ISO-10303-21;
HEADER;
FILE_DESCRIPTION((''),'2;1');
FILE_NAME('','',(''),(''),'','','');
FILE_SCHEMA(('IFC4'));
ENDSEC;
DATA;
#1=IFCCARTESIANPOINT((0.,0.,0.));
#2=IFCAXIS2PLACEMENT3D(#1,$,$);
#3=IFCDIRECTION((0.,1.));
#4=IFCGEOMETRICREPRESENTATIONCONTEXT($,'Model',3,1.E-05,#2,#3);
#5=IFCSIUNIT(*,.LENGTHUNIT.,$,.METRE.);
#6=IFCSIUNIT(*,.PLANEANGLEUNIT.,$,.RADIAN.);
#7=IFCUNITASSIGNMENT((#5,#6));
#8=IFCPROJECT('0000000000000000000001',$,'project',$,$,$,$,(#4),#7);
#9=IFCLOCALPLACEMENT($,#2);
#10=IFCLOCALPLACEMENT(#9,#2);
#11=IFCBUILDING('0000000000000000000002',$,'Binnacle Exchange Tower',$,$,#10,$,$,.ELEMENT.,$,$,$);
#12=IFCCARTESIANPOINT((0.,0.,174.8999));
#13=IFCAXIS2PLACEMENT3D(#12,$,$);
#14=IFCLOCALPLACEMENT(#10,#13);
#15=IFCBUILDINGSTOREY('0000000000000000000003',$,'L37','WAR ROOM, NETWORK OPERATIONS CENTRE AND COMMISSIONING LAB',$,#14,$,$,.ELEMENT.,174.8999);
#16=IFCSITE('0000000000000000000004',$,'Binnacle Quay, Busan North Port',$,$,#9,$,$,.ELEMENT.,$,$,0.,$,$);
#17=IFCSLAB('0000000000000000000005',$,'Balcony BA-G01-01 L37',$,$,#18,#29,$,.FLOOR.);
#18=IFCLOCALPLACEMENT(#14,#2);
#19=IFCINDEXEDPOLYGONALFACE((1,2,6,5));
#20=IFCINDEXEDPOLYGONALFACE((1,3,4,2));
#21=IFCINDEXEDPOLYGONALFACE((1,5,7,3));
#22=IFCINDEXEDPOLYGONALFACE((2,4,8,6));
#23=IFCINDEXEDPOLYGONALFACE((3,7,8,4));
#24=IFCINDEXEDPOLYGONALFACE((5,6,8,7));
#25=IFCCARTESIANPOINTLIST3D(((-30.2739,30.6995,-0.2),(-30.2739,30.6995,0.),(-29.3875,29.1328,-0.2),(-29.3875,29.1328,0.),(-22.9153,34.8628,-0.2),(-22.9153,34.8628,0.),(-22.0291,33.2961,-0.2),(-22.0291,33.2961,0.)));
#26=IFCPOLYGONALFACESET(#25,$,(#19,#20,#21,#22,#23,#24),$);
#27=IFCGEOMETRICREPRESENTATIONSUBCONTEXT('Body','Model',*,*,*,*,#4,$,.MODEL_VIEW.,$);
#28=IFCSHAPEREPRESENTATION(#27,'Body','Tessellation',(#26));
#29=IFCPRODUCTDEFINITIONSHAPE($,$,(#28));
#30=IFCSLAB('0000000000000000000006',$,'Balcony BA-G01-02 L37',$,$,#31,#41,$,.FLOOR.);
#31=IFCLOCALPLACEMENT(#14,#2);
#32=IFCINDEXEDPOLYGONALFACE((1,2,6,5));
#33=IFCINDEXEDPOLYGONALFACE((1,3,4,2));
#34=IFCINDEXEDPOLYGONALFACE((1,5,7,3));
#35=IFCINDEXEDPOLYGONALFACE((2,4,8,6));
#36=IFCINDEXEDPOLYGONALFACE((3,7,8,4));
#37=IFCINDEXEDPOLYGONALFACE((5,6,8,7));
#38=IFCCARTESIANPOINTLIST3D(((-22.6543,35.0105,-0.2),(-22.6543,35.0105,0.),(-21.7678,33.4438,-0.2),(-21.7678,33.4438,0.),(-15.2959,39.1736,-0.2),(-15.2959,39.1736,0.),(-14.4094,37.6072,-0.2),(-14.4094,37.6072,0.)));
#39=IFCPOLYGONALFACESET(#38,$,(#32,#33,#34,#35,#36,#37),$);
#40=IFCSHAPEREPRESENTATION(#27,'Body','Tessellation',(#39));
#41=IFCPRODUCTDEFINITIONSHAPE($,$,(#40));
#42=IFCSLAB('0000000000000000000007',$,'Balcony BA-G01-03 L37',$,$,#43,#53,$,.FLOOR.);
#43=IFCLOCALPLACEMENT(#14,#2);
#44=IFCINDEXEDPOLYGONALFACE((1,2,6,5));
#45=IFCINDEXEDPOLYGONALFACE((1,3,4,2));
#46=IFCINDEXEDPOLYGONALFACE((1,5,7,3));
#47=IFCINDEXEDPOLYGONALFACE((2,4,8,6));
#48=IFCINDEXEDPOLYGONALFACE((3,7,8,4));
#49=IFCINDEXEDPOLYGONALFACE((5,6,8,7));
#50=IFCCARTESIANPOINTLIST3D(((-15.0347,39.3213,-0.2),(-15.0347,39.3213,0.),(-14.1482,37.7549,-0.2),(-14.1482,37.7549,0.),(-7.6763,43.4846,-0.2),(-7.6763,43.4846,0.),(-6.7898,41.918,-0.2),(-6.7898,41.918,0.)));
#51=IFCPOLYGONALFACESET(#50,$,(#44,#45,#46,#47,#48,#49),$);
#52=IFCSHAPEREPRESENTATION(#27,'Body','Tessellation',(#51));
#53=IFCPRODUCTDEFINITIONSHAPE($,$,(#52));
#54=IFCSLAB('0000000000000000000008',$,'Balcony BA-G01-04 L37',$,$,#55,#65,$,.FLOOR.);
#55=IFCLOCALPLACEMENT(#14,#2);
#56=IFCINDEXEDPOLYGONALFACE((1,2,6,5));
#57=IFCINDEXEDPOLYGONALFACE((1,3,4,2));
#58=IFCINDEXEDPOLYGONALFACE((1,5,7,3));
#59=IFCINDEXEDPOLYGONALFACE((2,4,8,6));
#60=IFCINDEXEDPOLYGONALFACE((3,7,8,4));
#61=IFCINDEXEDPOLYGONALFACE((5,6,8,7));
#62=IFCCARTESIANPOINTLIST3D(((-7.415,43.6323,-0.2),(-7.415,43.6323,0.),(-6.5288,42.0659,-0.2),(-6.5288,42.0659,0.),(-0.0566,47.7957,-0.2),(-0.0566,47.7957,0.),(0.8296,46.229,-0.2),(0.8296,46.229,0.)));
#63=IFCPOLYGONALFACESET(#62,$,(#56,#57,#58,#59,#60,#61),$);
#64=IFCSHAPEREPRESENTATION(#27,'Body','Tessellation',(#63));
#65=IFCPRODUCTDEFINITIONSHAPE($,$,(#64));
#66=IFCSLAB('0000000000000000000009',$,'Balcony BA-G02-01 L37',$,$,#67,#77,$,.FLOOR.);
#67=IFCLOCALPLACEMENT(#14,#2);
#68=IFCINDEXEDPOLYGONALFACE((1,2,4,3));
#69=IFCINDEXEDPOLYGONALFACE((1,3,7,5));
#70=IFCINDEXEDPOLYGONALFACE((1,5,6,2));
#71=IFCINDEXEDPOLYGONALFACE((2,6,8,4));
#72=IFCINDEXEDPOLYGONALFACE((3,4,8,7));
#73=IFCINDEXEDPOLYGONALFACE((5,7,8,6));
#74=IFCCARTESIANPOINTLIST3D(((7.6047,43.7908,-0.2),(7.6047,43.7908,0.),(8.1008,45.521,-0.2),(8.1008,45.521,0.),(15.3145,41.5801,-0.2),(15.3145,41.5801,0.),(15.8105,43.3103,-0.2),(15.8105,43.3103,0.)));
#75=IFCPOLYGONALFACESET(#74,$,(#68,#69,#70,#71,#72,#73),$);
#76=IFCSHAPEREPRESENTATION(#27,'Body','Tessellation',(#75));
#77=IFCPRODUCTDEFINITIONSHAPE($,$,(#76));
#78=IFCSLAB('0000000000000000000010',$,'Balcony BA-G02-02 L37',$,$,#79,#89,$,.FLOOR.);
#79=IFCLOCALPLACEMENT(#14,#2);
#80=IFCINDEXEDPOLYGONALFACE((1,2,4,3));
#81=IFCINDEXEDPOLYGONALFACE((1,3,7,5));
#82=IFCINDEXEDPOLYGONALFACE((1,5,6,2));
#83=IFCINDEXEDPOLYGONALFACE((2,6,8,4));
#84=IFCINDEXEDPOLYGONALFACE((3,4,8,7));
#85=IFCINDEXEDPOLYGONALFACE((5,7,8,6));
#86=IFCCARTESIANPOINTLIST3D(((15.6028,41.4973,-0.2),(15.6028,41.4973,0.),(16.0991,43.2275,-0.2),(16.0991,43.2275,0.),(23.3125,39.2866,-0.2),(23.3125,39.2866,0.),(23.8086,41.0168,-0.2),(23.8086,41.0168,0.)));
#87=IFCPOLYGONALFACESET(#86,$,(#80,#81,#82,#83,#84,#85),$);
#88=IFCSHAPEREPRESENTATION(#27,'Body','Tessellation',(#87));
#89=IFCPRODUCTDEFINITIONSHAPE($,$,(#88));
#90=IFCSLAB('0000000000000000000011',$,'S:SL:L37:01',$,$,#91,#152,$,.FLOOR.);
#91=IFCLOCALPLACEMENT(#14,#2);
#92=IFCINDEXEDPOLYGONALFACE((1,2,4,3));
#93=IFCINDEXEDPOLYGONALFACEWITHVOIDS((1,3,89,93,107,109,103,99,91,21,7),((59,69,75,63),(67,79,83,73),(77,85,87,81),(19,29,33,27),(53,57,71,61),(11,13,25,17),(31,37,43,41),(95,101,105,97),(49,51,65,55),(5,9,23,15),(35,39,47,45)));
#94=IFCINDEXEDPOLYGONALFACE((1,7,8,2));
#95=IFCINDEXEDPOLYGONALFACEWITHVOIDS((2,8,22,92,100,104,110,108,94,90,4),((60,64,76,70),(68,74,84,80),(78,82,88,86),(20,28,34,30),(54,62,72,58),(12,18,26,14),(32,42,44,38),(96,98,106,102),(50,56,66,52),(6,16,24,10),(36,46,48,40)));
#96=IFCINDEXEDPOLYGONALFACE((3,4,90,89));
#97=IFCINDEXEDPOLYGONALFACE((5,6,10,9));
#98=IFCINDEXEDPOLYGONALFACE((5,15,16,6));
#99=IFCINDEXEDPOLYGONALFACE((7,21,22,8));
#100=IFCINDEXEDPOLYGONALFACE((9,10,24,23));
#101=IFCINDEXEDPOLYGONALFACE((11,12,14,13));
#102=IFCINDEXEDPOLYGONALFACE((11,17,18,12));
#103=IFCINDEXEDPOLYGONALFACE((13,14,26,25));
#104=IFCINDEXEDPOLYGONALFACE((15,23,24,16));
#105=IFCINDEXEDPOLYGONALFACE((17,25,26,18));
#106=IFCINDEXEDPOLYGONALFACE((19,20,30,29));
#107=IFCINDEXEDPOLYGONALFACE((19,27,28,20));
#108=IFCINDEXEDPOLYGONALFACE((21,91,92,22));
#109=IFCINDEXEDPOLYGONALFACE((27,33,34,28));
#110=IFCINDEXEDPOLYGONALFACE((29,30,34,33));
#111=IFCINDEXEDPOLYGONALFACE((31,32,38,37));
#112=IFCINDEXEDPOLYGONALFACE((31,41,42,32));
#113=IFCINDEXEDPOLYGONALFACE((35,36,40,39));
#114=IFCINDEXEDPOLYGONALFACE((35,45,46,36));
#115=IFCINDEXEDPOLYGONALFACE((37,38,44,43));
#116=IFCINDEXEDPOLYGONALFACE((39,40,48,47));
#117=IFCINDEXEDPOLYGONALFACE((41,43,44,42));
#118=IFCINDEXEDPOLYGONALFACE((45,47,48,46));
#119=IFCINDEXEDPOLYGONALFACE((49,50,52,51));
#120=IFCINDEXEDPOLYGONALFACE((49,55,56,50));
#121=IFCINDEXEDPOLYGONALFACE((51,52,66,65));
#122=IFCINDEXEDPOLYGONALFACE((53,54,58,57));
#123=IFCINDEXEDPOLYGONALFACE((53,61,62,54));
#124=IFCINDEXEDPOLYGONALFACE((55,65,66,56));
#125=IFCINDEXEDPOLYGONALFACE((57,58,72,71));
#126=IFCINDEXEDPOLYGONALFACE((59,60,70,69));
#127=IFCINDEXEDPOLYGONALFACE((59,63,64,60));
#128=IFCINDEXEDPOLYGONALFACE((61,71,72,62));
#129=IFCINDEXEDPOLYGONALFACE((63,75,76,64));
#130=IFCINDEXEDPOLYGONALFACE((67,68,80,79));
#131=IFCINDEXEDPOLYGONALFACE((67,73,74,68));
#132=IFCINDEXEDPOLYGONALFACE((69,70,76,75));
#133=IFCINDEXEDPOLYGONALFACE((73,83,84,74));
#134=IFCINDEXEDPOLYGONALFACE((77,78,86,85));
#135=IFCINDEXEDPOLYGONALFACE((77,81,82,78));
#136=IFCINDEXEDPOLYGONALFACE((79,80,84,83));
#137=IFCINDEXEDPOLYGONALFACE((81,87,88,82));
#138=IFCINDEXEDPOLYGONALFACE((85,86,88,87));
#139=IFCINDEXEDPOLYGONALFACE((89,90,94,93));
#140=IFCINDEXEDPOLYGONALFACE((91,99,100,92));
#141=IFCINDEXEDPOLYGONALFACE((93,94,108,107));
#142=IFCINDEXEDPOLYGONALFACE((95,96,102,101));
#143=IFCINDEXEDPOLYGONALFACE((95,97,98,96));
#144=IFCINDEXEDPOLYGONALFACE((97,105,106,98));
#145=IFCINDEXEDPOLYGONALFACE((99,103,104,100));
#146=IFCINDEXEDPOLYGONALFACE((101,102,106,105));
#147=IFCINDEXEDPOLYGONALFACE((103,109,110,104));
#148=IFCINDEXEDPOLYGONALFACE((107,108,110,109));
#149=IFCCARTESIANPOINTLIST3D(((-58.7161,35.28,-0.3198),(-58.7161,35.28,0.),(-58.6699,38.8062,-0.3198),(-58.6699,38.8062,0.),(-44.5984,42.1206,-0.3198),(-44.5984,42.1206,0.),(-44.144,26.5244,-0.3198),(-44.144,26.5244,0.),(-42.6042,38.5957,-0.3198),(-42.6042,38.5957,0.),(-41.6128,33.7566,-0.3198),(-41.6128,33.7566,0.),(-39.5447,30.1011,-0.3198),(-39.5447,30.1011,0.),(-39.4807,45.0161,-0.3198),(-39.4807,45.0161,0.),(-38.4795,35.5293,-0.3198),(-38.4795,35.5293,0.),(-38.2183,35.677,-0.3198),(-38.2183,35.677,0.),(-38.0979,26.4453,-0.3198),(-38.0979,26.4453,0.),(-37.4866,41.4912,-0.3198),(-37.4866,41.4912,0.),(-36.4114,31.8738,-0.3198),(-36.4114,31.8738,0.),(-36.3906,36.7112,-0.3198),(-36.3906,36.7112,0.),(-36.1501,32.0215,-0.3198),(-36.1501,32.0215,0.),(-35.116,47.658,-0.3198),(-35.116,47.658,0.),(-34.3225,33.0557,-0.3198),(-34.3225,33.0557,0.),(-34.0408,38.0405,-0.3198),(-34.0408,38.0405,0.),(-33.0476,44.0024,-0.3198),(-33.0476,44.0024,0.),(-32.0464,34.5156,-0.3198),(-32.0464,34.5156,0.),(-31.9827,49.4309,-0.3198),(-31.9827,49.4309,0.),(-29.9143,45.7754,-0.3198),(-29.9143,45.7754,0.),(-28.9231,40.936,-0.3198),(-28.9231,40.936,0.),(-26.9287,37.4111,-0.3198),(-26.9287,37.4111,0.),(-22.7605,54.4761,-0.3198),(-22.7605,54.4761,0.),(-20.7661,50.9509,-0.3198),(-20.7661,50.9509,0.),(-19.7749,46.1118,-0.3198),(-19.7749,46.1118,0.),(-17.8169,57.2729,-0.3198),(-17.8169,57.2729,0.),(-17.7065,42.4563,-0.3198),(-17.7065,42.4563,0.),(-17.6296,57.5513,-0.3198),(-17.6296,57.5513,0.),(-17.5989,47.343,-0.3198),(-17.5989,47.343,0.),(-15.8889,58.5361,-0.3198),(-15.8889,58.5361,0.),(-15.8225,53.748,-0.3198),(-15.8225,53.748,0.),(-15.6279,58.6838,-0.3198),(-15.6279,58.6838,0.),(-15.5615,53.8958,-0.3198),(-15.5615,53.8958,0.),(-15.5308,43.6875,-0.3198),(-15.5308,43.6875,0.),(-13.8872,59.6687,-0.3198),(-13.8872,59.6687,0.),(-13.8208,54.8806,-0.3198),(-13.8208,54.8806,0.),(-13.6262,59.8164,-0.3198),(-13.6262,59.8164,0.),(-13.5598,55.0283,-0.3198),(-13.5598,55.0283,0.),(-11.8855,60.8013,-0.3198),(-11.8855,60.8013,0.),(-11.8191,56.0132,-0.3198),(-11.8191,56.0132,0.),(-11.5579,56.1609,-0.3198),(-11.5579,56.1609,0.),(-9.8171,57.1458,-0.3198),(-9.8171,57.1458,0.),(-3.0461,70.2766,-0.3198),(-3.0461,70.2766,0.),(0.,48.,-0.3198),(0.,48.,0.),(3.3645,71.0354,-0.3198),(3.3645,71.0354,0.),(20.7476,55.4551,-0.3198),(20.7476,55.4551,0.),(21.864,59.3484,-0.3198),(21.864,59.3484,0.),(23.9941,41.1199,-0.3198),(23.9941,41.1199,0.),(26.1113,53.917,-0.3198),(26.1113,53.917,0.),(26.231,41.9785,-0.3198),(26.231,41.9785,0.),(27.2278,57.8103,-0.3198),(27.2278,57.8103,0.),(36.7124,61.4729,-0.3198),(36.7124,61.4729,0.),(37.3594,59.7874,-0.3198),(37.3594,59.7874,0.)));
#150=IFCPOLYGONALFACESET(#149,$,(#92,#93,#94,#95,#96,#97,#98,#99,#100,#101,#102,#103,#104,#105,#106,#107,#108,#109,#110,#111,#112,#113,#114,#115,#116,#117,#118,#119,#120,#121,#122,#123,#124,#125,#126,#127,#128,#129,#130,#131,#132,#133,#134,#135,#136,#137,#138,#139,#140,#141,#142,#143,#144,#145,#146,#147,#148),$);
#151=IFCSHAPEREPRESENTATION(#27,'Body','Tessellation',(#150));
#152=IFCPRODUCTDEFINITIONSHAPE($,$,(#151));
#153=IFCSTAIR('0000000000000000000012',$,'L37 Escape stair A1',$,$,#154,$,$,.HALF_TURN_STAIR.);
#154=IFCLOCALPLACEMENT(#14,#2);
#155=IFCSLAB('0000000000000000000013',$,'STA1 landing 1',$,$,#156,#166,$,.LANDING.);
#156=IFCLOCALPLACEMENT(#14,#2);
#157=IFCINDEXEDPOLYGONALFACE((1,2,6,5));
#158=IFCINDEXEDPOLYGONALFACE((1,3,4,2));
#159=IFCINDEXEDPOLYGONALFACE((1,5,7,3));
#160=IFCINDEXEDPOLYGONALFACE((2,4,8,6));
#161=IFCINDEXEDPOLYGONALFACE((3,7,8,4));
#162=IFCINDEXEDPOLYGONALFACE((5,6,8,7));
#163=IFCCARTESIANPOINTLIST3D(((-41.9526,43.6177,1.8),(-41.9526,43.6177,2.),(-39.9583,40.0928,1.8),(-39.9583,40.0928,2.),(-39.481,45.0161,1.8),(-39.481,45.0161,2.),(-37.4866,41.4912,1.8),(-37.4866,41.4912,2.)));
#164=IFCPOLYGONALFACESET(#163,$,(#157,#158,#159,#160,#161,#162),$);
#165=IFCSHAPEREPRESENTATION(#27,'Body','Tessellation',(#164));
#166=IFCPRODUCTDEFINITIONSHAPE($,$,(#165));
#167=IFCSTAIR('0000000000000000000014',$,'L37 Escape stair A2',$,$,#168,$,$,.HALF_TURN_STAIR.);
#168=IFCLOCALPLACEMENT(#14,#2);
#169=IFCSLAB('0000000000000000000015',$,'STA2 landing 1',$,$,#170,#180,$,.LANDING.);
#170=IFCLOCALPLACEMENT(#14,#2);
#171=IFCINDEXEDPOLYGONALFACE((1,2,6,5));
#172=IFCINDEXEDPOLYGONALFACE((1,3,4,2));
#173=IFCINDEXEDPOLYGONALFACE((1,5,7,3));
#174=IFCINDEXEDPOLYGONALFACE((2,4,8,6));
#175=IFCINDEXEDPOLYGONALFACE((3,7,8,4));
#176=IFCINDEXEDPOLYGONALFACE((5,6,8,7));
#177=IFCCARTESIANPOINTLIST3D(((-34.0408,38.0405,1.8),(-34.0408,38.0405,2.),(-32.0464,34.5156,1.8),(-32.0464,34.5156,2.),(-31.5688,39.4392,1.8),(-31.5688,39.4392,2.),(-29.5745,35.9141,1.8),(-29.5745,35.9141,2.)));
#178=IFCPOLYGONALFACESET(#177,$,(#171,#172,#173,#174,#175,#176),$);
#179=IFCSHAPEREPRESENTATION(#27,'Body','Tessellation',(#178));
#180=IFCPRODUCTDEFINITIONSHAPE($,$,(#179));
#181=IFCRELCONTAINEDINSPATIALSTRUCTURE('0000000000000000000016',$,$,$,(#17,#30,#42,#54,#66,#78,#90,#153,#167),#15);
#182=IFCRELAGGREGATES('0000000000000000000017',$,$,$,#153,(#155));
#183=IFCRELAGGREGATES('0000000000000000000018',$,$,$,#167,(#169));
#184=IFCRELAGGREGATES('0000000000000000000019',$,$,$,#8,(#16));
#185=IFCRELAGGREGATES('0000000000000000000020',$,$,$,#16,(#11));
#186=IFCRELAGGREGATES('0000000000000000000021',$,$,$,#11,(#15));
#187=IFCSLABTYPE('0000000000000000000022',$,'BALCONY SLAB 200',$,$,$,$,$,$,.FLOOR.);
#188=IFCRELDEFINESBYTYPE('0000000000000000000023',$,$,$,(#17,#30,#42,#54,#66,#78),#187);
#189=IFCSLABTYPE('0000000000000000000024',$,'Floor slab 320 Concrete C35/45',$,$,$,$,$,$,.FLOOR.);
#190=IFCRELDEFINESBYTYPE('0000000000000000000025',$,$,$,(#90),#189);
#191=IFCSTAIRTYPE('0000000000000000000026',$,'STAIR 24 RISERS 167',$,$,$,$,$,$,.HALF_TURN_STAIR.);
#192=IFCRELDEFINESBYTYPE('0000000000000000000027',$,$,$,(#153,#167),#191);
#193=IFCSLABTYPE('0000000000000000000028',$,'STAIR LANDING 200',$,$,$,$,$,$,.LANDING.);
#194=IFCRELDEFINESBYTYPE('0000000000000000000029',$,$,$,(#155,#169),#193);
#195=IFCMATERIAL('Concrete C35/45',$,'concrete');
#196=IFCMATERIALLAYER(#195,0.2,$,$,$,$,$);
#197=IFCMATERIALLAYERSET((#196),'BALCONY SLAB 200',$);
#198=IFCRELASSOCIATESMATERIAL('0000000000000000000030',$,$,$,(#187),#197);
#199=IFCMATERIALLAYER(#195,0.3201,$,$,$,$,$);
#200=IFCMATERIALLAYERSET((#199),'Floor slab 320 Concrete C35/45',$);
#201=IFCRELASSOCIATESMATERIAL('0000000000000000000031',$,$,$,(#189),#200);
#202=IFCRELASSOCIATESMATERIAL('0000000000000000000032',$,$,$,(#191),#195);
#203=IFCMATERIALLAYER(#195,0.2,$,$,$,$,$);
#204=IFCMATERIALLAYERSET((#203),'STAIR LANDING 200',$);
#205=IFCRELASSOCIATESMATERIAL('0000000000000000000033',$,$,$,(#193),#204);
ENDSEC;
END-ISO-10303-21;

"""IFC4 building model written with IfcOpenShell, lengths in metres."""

from ifc_helpers import new_model, si_unit, direction, frame, origin, place, context, subcontext, project, spatial, polyline, outline, extrude, material, layer, layer_set, type_object, element, aggregate, save


model = new_model("IFC4")

# Units and contexts
model_context = context("Model", 3, precision=1e-05, world=origin(), true_north=direction((0.0, 1.0)))
body_context = subcontext(model_context, "Body", "Model", "MODEL_VIEW")
ifc_project = project(units=[si_unit("LENGTHUNIT", "METRE"), si_unit("PLANEANGLEUNIT", "RADIAN")], contexts=[model_context])

# Site, building, storey
site_placement = place(None, origin())
site = spatial("IfcSite", under=ifc_project, at=site_placement, Name="Binnacle Quay, Busan North Port", CompositionType="ELEMENT", RefElevation=0.0)
building_placement = place(site_placement, origin())
building = spatial("IfcBuilding", under=site, at=building_placement, Name="Binnacle Exchange Tower", CompositionType="ELEMENT")
storey_placement = place(building_placement, frame((0.0, 0.0, 174.8999)))
storey = spatial("IfcBuildingStorey", under=building, at=storey_placement, Name="L37", Description="WAR ROOM, NETWORK OPERATIONS CENTRE AND COMMISSIONING LAB", CompositionType="ELEMENT", Elevation=174.8999)

# Slabs
ifc_material_1 = material(Name="Concrete C35/45", Category="concrete")
ifc_layer_1 = layer(ifc_material_1, 0.2)
ifc_layer_set_1 = layer_set([ifc_layer_1], Name="BALCONY SLAB 200")
slab_type_1 = type_object("IfcSlabType", Name="BALCONY SLAB 200", PredefinedType="FLOOR", material=ifc_layer_set_1)
slab_1_placement = place(storey_placement, frame((0.0, 0.0, -0.2)))
element("IfcSlab", 1, at=slab_1_placement, inside=storey, type_object=slab_type_1, Name="Balcony BA-G01-01 L37", PredefinedType="FLOOR", context=body_context, shape_type="SweptSolid", body=[
    extrude(outline(polyline([(-30.2739, 30.6995), (-22.9153, 34.8628), (-22.0291, 33.2961), (-29.3875, 29.1328), (-30.2739, 30.6995)])), origin(), (0.0, 0.0, 1.0), 0.2),
])
slab_2_placement = place(storey_placement, frame((0.0, 0.0, -0.2)))
element("IfcSlab", 2, at=slab_2_placement, inside=storey, type_object=slab_type_1, Name="Balcony BA-G01-02 L37", PredefinedType="FLOOR", context=body_context, shape_type="SweptSolid", body=[
    extrude(outline(polyline([(-22.6543, 35.0105), (-15.2959, 39.1736), (-14.4094, 37.6072), (-21.7678, 33.4438), (-22.6543, 35.0105)])), origin(), (0.0, 0.0, 1.0), 0.2),
])
slab_3_placement = place(storey_placement, frame((0.0, 0.0, -0.2)))
element("IfcSlab", 3, at=slab_3_placement, inside=storey, type_object=slab_type_1, Name="Balcony BA-G01-03 L37", PredefinedType="FLOOR", context=body_context, shape_type="SweptSolid", body=[
    extrude(outline(polyline([(-15.0347, 39.3213), (-7.6763, 43.4846), (-6.7898, 41.918), (-14.1482, 37.7549), (-15.0347, 39.3213)])), origin(), (0.0, 0.0, 1.0), 0.2),
])
slab_4_placement = place(storey_placement, frame((0.0, 0.0, -0.2)))
element("IfcSlab", 4, at=slab_4_placement, inside=storey, type_object=slab_type_1, Name="Balcony BA-G01-04 L37", PredefinedType="FLOOR", context=body_context, shape_type="SweptSolid", body=[
    extrude(outline(polyline([(-7.415, 43.6323), (-0.0566, 47.7957), (0.8296, 46.229), (-6.5288, 42.0659), (-7.415, 43.6323)])), origin(), (0.0, 0.0, 1.0), 0.2),
])
slab_5_placement = place(storey_placement, frame((0.0, 0.0, -0.2)))
element("IfcSlab", 5, at=slab_5_placement, inside=storey, type_object=slab_type_1, Name="Balcony BA-G02-01 L37", PredefinedType="FLOOR", context=body_context, shape_type="SweptSolid", body=[
    extrude(outline(polyline([(8.1008, 45.521), (15.8105, 43.3103), (15.3145, 41.5801), (7.6047, 43.7908), (8.1008, 45.521)])), origin(), (0.0, 0.0, 1.0), 0.2),
])
slab_6_placement = place(storey_placement, frame((0.0, 0.0, -0.2)))
element("IfcSlab", 6, at=slab_6_placement, inside=storey, type_object=slab_type_1, Name="Balcony BA-G02-02 L37", PredefinedType="FLOOR", context=body_context, shape_type="SweptSolid", body=[
    extrude(outline(polyline([(16.0991, 43.2275), (23.8086, 41.0168), (23.3125, 39.2866), (15.6028, 41.4973), (16.0991, 43.2275)])), origin(), (0.0, 0.0, 1.0), 0.2),
])
ifc_layer_2 = layer(ifc_material_1, 0.3201)
ifc_layer_set_2 = layer_set([ifc_layer_2], Name="Floor slab 320 Concrete C35/45")
slab_type_2 = type_object("IfcSlabType", Name="Floor slab 320 Concrete C35/45", PredefinedType="FLOOR", material=ifc_layer_set_2)
slab_7_placement = place(storey_placement, frame((0.0, 0.0, -0.3198)))
element("IfcSlab", 7, at=slab_7_placement, inside=storey, type_object=slab_type_2, Name="S:SL:L37:01", PredefinedType="FLOOR", context=body_context, shape_type="SweptSolid", body=[
    extrude(outline(polyline([(-58.7161, 35.28), (-58.6699, 38.8062), (-3.0461, 70.2766), (3.3645, 71.0354), (36.7124, 61.4729), (37.3594, 59.7874), (26.231, 41.9785), (23.9941, 41.1199), (0.0, 48.0), (-38.0979, 26.4453), (-44.144, 26.5244), (-58.7161, 35.28)]), holes=[polyline([(-38.4795, 35.5293), (-41.6128, 33.7566), (-39.5447, 30.1011), (-36.4114, 31.8738), (-38.4795, 35.5293)]), polyline([(-36.3906, 36.7112), (-38.2183, 35.677), (-36.1501, 32.0215), (-34.3225, 33.0557), (-36.3906, 36.7112)]), polyline([(-32.0464, 34.5156), (-26.9287, 37.4111), (-28.9231, 40.936), (-34.0408, 38.0405), (-32.0464, 34.5156)]), polyline([(-37.4866, 41.4912), (-39.4807, 45.0161), (-44.5984, 42.1206), (-42.6042, 38.5957), (-37.4866, 41.4912)]), polyline([(-29.9143, 45.7754), (-31.9827, 49.4309), (-35.116, 47.658), (-33.0476, 44.0024), (-29.9143, 45.7754)]), polyline([(-17.8169, 57.2729), (-22.7605, 54.4761), (-20.7661, 50.9509), (-15.8225, 53.748), (-17.8169, 57.2729)]), polyline([(-15.5308, 43.6875), (-17.5989, 47.343), (-19.7749, 46.1118), (-17.7065, 42.4563), (-15.5308, 43.6875)]), polyline([(-13.8208, 54.8806), (-15.8889, 58.5361), (-17.6296, 57.5513), (-15.5615, 53.8958), (-13.8208, 54.8806)]), polyline([(27.2278, 57.8103), (21.864, 59.3484), (20.7476, 55.4551), (26.1113, 53.917), (27.2278, 57.8103)]), polyline([(-11.8191, 56.0132), (-13.8872, 59.6687), (-15.6279, 58.6838), (-13.5598, 55.0283), (-11.8191, 56.0132)]), polyline([(-9.8171, 57.1458), (-11.8855, 60.8013), (-13.6262, 59.8164), (-11.5579, 56.1609), (-9.8171, 57.1458)])]), origin(), (0.0, 0.0, 1.0), 0.3198),
])

# Stairs, slabs
stair_type = type_object("IfcStairType", Name="STAIR 24 RISERS 167", PredefinedType="HALF_TURN_STAIR", material=ifc_material_1)
stair_1_placement = place(storey_placement, origin())
stair_1 = element("IfcStair", 8, at=stair_1_placement, inside=storey, type_object=stair_type, Name="L37 Escape stair A1", PredefinedType="HALF_TURN_STAIR")
ifc_layer_3 = layer(ifc_material_1, 0.2)
ifc_layer_set_3 = layer_set([ifc_layer_3], Name="STAIR LANDING 200")
slab_type_3 = type_object("IfcSlabType", Name="STAIR LANDING 200", PredefinedType="LANDING", material=ifc_layer_set_3)
slab_8_placement = place(storey_placement, frame((0.0, 0.0, 1.8)))
slab_8 = element("IfcSlab", 9, at=slab_8_placement, type_object=slab_type_3, Name="STA1 landing 1", PredefinedType="LANDING", context=body_context, shape_type="SweptSolid", body=[
    extrude(outline(polyline([(-39.9583, 40.0928), (-37.4866, 41.4912), (-39.481, 45.0161), (-41.9526, 43.6177), (-39.9583, 40.0928)])), origin(), (0.0, 0.0, 1.0), 0.2),
])
aggregate(stair_1, [slab_8])
stair_2_placement = place(storey_placement, origin())
stair_2 = element("IfcStair", 10, at=stair_2_placement, inside=storey, type_object=stair_type, Name="L37 Escape stair A2", PredefinedType="HALF_TURN_STAIR")
slab_9_placement = place(storey_placement, frame((0.0, 0.0, 1.8)))
slab_9 = element("IfcSlab", 11, at=slab_9_placement, type_object=slab_type_3, Name="STA2 landing 1", PredefinedType="LANDING", context=body_context, shape_type="SweptSolid", body=[
    extrude(outline(polyline([(-31.5688, 39.4392), (-34.0408, 38.0405), (-32.0464, 34.5156), (-29.5745, 35.9141), (-31.5688, 39.4392)])), origin(), (0.0, 0.0, 1.0), 0.2),
])
aggregate(stair_2, [slab_9])

save(model, "model.ifc")
